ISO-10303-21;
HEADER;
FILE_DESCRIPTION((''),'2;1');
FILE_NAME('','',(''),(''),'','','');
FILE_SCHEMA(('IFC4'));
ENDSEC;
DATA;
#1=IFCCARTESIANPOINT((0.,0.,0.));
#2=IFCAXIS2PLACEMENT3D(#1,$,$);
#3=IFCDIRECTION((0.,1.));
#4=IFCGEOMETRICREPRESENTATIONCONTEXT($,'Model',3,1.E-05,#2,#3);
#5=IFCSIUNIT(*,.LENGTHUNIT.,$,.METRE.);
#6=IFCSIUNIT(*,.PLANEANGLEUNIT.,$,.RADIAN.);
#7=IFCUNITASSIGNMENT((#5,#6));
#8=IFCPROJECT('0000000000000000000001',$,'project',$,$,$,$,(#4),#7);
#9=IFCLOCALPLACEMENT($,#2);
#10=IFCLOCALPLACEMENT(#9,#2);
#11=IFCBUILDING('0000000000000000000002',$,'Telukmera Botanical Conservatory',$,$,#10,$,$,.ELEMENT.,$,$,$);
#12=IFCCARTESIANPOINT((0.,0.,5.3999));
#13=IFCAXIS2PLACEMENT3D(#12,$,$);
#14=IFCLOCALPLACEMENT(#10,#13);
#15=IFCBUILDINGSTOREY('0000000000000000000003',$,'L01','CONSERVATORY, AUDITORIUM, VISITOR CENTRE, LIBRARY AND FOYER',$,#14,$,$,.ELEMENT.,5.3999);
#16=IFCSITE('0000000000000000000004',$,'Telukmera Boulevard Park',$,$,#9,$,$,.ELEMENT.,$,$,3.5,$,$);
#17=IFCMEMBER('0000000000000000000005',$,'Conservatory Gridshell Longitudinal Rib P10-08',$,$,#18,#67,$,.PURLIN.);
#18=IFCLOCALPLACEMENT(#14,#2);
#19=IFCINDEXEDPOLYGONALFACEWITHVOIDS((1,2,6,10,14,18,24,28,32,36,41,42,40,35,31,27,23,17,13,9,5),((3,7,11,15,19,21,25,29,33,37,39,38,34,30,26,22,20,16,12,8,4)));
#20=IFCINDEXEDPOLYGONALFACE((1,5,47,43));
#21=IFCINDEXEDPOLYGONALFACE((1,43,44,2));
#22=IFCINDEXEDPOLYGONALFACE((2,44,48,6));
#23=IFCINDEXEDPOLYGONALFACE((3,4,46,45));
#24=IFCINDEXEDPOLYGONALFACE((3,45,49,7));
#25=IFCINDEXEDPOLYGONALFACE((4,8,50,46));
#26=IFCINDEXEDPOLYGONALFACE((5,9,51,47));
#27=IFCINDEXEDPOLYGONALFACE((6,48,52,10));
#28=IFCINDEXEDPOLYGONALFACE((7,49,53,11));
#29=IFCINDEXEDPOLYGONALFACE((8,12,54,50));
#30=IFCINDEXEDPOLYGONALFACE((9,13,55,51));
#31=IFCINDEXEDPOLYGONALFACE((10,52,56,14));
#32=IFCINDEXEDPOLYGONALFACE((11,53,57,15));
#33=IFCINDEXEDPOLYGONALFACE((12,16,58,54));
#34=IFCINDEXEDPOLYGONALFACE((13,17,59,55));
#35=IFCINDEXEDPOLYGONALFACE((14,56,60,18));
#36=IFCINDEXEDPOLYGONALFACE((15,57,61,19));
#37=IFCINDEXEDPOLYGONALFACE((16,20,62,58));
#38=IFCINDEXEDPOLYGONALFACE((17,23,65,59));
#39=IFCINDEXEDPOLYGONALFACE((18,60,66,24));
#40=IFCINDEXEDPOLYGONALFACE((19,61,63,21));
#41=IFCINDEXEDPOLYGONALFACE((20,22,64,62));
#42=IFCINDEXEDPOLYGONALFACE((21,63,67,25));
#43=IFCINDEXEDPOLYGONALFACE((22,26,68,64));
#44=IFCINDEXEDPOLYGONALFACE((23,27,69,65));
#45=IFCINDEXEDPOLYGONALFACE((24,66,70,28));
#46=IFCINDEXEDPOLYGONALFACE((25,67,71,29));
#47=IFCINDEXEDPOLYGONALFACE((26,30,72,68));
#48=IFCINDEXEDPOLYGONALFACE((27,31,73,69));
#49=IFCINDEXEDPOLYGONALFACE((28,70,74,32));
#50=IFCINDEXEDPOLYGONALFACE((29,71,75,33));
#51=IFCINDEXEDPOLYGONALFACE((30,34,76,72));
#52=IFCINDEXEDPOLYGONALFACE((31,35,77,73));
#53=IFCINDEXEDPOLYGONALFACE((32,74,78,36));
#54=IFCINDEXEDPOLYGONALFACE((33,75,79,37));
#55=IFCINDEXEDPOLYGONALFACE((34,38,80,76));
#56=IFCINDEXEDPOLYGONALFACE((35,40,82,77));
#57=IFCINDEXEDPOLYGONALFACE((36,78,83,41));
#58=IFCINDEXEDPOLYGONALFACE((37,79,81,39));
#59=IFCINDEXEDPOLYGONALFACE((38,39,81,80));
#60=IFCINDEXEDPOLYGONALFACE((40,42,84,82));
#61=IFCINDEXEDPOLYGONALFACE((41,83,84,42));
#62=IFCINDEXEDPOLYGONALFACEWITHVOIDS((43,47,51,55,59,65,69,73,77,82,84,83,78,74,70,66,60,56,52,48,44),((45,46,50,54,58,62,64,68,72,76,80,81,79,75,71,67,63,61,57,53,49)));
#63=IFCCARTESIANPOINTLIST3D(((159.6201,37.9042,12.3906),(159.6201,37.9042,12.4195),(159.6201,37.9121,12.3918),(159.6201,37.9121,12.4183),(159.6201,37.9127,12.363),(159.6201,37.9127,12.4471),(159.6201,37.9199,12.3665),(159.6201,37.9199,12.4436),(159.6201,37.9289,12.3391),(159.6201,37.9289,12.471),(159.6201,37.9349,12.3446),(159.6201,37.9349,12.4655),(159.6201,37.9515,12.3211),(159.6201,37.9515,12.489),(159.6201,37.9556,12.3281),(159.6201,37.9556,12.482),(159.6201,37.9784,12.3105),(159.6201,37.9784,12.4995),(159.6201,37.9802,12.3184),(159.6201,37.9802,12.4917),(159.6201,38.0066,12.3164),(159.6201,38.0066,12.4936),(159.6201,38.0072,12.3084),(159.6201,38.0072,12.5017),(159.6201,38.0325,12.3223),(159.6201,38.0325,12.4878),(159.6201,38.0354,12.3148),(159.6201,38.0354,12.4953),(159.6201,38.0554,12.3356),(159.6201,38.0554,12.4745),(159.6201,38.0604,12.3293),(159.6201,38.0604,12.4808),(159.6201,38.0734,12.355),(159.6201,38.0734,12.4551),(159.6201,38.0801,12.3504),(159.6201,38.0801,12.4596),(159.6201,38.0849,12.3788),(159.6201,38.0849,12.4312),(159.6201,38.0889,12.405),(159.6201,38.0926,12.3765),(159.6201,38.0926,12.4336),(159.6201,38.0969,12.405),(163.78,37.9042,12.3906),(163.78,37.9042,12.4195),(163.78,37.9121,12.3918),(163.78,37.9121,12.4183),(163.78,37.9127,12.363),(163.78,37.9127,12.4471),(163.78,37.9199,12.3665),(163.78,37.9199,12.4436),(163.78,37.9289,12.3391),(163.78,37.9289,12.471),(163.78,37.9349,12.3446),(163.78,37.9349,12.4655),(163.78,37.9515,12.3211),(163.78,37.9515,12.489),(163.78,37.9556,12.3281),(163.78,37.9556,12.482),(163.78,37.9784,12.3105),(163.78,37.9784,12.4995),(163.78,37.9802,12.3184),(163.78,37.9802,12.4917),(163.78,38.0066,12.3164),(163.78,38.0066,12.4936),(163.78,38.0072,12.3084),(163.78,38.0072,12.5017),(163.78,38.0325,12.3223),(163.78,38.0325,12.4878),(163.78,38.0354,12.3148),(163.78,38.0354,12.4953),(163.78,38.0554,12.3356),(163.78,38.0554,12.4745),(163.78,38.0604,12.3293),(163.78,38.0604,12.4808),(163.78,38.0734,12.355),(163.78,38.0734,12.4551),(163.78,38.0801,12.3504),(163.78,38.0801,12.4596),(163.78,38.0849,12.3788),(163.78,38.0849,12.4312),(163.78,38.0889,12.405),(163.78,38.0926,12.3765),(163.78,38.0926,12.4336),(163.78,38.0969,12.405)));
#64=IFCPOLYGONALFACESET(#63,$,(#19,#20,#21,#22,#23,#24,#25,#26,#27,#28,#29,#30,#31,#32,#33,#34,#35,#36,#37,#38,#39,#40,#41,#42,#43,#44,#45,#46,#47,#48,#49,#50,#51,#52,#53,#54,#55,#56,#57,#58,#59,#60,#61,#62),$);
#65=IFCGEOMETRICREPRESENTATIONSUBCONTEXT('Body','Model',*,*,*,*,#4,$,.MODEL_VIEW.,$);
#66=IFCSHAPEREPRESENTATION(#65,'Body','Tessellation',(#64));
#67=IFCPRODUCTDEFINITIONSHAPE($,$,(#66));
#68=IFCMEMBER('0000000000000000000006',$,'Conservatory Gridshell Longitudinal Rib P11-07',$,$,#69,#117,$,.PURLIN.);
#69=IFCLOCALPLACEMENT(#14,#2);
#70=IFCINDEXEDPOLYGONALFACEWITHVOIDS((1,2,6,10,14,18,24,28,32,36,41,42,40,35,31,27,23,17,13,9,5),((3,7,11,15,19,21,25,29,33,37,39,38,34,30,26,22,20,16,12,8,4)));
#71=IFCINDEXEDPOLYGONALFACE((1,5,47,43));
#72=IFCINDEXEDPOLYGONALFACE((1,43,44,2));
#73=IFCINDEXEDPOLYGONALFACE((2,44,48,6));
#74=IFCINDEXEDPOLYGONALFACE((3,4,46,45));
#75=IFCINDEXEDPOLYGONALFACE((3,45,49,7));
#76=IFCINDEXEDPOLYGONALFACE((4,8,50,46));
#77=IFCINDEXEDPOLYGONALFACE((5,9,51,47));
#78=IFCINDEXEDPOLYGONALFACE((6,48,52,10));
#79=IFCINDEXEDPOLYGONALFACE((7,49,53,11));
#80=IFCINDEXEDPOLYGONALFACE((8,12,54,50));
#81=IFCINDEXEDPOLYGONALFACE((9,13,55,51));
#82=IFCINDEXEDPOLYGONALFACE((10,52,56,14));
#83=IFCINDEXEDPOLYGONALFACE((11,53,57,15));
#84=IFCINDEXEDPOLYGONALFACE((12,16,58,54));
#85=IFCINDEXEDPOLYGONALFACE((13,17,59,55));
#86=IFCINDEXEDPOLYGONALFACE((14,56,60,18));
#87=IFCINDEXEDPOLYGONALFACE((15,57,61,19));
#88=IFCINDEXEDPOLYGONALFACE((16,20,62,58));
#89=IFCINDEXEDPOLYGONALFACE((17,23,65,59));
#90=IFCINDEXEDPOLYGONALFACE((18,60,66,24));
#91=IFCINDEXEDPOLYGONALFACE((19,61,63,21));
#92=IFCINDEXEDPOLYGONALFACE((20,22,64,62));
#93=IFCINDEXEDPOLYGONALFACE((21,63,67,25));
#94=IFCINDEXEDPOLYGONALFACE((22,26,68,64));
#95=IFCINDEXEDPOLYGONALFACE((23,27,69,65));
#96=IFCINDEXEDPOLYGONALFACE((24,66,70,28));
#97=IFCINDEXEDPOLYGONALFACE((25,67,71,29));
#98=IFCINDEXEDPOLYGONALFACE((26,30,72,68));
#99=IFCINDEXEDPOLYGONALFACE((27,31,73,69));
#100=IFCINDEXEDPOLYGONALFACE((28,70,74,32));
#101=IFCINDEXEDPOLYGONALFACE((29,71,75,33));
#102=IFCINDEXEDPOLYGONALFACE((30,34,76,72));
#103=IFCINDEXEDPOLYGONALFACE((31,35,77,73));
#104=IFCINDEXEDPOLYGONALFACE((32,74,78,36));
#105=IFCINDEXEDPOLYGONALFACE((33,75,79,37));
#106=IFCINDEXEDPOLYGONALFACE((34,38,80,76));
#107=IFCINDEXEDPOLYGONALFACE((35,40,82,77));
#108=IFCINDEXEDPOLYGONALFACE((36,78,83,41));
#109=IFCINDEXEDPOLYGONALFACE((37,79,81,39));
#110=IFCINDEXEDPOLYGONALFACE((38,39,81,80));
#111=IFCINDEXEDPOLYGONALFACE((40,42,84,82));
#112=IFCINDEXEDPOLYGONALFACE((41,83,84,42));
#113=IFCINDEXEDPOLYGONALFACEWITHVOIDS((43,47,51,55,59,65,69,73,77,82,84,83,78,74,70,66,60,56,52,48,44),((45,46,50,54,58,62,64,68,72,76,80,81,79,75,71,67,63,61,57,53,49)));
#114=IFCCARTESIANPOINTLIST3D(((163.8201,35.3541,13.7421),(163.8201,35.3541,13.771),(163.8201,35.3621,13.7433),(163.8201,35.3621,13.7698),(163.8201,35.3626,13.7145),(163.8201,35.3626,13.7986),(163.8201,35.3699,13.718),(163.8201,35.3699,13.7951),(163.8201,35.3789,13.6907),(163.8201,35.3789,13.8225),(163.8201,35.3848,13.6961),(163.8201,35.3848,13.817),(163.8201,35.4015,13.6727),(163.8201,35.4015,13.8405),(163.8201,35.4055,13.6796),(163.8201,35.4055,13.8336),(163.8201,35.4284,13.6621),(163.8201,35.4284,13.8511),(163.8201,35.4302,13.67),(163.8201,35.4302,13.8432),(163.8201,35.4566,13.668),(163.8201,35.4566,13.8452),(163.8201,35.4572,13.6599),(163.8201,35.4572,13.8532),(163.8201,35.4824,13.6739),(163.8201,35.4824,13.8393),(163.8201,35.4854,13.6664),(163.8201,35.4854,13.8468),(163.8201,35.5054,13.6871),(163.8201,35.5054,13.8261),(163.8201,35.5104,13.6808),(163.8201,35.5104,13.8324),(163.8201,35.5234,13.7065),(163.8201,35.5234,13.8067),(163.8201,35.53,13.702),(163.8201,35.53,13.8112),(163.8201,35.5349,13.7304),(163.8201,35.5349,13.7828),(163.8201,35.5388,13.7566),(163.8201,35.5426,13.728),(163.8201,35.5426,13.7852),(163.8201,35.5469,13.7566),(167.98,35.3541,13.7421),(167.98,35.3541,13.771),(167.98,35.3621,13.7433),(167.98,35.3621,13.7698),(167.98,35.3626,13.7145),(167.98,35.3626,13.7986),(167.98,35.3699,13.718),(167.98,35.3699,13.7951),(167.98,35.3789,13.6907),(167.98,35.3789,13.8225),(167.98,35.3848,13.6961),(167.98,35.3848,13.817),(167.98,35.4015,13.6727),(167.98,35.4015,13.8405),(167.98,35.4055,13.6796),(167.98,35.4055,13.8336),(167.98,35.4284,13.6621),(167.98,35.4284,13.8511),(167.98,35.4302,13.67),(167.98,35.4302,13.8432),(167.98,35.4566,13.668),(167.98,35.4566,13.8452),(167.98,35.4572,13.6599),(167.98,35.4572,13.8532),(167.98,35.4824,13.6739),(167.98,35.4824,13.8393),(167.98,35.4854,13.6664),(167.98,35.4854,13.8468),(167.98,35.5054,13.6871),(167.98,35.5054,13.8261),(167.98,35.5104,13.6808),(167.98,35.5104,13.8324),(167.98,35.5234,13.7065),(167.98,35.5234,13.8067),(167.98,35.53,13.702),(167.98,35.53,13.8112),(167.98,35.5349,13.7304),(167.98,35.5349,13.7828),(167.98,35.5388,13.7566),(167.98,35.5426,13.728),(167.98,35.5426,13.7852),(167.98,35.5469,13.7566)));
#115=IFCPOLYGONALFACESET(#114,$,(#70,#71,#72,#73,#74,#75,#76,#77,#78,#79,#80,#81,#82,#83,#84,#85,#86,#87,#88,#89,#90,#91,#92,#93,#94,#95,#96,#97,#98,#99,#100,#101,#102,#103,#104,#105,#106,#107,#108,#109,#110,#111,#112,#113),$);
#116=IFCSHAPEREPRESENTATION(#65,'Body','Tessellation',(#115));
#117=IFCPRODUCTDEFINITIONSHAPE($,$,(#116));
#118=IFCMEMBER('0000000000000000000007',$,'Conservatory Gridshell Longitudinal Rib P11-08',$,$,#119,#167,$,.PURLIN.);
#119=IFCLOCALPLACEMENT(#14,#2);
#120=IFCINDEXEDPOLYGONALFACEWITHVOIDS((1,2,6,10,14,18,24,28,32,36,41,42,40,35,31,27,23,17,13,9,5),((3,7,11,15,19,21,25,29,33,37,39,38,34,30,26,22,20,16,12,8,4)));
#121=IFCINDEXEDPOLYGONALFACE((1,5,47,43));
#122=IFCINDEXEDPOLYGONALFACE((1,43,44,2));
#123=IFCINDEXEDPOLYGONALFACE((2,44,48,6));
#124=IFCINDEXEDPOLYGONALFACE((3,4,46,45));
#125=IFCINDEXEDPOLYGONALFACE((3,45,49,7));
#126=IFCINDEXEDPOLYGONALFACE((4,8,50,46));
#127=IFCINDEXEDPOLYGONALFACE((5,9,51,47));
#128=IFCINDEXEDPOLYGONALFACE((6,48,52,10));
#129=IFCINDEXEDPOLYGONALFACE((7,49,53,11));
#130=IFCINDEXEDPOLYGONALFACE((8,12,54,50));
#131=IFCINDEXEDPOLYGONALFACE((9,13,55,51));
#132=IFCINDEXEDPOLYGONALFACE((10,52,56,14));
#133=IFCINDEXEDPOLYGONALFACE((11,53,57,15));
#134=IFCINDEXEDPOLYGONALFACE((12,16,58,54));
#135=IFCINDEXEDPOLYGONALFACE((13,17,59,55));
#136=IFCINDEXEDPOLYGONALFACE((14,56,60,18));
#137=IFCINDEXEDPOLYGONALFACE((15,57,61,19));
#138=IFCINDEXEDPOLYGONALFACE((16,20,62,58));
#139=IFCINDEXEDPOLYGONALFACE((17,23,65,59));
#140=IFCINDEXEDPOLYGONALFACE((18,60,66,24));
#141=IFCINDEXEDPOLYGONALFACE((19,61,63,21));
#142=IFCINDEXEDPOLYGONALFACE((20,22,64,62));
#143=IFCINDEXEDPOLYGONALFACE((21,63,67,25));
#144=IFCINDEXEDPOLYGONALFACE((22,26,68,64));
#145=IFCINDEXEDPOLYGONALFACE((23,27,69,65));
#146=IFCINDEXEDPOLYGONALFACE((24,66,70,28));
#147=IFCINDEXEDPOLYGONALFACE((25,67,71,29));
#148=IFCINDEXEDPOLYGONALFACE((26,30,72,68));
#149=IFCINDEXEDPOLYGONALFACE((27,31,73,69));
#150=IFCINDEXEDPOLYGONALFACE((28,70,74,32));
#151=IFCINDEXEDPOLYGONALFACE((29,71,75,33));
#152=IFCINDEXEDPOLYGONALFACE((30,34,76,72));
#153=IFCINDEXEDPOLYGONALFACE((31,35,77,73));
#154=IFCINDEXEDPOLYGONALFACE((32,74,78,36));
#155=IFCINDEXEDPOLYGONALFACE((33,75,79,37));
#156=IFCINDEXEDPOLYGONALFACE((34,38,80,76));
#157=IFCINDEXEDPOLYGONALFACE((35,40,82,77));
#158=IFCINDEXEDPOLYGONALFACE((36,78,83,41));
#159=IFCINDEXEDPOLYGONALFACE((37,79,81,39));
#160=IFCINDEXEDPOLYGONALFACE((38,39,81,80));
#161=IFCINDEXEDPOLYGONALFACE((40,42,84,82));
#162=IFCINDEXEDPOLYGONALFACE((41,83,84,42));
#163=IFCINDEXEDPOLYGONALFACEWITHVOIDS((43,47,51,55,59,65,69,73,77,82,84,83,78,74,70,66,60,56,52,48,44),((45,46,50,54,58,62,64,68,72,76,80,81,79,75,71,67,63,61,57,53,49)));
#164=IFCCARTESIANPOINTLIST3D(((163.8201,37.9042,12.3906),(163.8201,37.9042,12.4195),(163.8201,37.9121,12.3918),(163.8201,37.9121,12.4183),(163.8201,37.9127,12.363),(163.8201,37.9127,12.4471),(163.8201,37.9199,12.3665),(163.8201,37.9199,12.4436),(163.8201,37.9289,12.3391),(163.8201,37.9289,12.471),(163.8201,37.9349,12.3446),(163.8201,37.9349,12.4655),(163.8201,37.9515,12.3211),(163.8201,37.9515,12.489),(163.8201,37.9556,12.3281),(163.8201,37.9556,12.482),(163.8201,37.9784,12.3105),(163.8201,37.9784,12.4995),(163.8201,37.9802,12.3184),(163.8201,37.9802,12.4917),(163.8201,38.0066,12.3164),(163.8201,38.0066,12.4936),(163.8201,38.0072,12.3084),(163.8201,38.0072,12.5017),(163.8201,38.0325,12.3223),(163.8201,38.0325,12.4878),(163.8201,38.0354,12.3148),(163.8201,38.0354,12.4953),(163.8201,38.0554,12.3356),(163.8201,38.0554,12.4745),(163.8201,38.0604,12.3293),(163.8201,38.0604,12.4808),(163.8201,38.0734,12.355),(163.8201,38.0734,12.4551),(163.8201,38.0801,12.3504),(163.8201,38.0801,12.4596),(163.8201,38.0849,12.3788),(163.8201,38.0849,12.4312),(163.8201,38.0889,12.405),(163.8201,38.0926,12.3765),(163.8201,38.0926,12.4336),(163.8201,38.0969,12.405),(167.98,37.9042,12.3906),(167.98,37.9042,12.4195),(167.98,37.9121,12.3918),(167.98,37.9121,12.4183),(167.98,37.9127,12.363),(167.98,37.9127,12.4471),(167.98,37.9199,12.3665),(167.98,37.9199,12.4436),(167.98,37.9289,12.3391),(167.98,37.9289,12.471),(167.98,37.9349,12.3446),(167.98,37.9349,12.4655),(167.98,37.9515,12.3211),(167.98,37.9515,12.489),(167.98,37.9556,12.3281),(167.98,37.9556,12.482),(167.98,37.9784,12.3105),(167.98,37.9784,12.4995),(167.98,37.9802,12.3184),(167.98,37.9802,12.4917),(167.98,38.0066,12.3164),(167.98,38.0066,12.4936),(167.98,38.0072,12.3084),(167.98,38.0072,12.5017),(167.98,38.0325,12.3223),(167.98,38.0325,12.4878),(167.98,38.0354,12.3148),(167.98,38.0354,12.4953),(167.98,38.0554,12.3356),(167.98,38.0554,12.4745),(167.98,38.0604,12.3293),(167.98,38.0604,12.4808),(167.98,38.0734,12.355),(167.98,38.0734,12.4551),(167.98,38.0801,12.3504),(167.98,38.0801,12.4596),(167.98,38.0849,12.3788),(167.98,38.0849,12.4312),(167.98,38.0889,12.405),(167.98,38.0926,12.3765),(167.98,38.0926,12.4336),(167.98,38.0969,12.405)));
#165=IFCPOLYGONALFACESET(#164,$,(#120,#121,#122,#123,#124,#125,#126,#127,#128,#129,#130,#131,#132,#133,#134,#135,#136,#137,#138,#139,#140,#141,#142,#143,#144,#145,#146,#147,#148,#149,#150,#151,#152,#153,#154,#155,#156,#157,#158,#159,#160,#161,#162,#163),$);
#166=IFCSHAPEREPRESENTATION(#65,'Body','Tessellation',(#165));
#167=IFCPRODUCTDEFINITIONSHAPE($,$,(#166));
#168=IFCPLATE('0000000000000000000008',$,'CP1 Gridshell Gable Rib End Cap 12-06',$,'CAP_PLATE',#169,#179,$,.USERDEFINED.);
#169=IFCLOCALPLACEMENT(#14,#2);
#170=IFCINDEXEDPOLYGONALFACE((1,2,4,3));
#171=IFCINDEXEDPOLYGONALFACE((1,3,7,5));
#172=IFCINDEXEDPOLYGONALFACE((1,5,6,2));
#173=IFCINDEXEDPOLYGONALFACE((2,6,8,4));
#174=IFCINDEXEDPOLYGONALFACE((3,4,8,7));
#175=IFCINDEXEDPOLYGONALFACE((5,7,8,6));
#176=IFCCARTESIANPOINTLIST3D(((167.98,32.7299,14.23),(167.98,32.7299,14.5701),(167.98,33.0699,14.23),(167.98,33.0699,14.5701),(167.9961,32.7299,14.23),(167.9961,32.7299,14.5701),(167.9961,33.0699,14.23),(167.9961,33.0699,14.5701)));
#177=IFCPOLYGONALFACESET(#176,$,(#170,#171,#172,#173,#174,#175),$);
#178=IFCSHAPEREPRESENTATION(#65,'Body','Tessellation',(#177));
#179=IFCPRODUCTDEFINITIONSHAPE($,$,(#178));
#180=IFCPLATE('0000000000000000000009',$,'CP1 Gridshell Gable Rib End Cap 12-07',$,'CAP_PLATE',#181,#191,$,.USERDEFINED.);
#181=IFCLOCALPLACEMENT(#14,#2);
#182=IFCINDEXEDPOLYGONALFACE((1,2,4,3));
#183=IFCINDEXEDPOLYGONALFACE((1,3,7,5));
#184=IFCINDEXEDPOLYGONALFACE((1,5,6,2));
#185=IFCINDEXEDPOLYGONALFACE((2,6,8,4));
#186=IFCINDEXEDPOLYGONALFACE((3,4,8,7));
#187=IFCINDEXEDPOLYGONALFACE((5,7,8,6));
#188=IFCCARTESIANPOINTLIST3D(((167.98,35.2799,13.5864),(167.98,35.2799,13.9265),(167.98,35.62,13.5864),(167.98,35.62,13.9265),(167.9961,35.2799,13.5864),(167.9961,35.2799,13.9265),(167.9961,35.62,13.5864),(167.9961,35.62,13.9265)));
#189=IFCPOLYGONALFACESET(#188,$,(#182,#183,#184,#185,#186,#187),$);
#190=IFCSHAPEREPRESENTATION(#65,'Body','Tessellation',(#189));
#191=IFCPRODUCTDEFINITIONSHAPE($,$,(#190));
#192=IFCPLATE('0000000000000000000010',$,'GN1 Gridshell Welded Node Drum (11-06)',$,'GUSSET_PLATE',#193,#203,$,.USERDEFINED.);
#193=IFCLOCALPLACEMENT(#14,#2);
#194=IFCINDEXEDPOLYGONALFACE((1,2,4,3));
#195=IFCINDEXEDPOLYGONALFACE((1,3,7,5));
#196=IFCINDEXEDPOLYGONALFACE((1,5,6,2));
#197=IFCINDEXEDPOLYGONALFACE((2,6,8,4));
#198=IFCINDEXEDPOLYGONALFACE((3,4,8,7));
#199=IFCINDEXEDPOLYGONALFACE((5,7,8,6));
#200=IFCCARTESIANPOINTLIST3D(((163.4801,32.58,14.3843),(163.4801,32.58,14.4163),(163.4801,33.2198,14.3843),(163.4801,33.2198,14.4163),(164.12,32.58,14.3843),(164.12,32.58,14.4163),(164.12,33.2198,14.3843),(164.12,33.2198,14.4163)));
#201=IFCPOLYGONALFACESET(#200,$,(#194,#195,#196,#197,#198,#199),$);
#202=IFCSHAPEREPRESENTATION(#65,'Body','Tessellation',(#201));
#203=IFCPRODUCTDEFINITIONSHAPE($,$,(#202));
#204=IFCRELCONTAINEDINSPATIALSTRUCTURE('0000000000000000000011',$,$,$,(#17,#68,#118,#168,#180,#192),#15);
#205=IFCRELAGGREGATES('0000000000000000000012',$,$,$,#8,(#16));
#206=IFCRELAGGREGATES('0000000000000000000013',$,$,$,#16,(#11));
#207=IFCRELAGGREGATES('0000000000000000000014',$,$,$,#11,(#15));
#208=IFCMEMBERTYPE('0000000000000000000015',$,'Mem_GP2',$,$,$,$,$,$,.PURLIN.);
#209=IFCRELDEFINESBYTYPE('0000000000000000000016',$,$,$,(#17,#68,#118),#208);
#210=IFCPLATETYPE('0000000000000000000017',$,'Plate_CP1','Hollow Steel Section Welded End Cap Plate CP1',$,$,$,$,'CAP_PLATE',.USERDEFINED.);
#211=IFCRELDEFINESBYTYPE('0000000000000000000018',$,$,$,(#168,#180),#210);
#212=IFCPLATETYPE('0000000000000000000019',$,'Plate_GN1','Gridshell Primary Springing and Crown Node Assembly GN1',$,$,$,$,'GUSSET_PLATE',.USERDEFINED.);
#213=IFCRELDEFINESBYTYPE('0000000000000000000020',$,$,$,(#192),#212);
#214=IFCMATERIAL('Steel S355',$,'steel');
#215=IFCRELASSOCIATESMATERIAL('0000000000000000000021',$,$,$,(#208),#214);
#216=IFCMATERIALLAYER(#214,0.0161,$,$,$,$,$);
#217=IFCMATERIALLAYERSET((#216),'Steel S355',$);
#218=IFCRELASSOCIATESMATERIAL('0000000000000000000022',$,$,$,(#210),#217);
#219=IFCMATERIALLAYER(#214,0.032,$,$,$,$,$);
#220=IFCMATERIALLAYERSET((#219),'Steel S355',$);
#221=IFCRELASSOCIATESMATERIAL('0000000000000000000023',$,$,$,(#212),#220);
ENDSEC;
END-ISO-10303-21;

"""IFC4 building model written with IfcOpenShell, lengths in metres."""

from ifc_helpers import new_model, si_unit, direction, frame, origin, origin_2d, place, context, subcontext, project, spatial, rectangle, hollow_circle, extrude, material, layer, layer_set, material_profile, profile_set, type_object, element, save


model = new_model("IFC4")

# Units and contexts
model_context = context("Model", 3, precision=1e-05, world=origin(), true_north=direction((0.0, 1.0)))
body_context = subcontext(model_context, "Body", "Model", "MODEL_VIEW")
ifc_project = project(units=[si_unit("LENGTHUNIT", "METRE"), si_unit("PLANEANGLEUNIT", "RADIAN")], contexts=[model_context])

# Site, building, storey
site_placement = place(None, origin())
site = spatial("IfcSite", under=ifc_project, at=site_placement, Name="Telukmera Boulevard Park", CompositionType="ELEMENT", RefElevation=3.5)
building_placement = place(site_placement, origin())
building = spatial("IfcBuilding", under=site, at=building_placement, Name="Telukmera Botanical Conservatory", CompositionType="ELEMENT")
storey_placement = place(building_placement, frame((0.0, 0.0, 5.3999)))
storey = spatial("IfcBuildingStorey", under=building, at=storey_placement, Name="L01", Description="CONSERVATORY, AUDITORIUM, VISITOR CENTRE, LIBRARY AND FOYER", CompositionType="ELEMENT", Elevation=5.3999)

# Shared definitions
ifc_material = material(Name="Steel S355", Category="steel")

# Members
ifc_material_profile_1 = material_profile(ifc_material, hollow_circle(Radius=0.0969, WallThickness=0.0081, at=origin_2d()), Name="CHS 193.7x8.0")
ifc_profile_set_1 = profile_set([ifc_material_profile_1], Name="Steel S355")
member_type_1 = type_object("IfcMemberType", Name="Mem_GP2", PredefinedType="PURLIN", material=ifc_profile_set_1)
for number, where, z_axis, x_axis, name in (
    (1, (159.6201, 38.0, 12.405), (1.0, 0.0, 0.0), (0.0, 1.0, 0.0), "Conservatory Gridshell Longitudinal Rib P10-08"),
    (2, (163.8201, 35.45, 13.7566), (1.0, 0.0, 0.0), (0.0, 1.0, 0.0), "Conservatory Gridshell Longitudinal Rib P11-07"),
    (3, (163.8201, 38.0, 12.405), (1.0, 0.0, 0.0), (0.0, 1.0, 0.0), "Conservatory Gridshell Longitudinal Rib P11-08"),
):
    element("IfcMember", number, at=place(storey_placement, frame(where, z_axis=z_axis, x_axis=x_axis)), inside=storey, type_object=member_type_1, Name=name, PredefinedType="PURLIN", context=body_context, shape_type="SweptSolid", body=[
        extrude(hollow_circle(Radius=0.0969, WallThickness=0.0081, at=origin_2d()), origin(), (0.0, 0.0, 1.0), 4.1599),
    ])

# Plates
ifc_layer_1 = layer(ifc_material, 0.0161)
ifc_layer_set_1 = layer_set([ifc_layer_1], Name="Steel S355")
plate_type_1 = type_object("IfcPlateType", Name="Plate_CP1", Description="Hollow Steel Section Welded End Cap Plate CP1", ElementType="CAP_PLATE", PredefinedType="USERDEFINED", material=ifc_layer_set_1)
for number, where, z_axis, x_axis, name in (
    (4, (167.988, 32.8999, 14.23), (0.0, 0.0, 1.0), (1.0, 0.0, 0.0), "CP1 Gridshell Gable Rib End Cap 12-06"),
    (5, (167.988, 35.45, 13.5864), (0.0, 0.0, 1.0), (1.0, 0.0, 0.0), "CP1 Gridshell Gable Rib End Cap 12-07"),
):
    element("IfcPlate", number, at=place(storey_placement, frame(where, z_axis=z_axis, x_axis=x_axis)), inside=storey, type_object=plate_type_1, Name=name, ObjectType="CAP_PLATE", PredefinedType="USERDEFINED", context=body_context, shape_type="SweptSolid", body=[
        extrude(rectangle(XDim=0.0161, YDim=0.3401, at=origin_2d()), origin(), (0.0, 0.0, 1.0), 0.3401),
    ])
ifc_layer_2 = layer(ifc_material, 0.032)
ifc_layer_set_2 = layer_set([ifc_layer_2], Name="Steel S355")
plate_type_2 = type_object("IfcPlateType", Name="Plate_GN1", Description="Gridshell Primary Springing and Crown Node Assembly GN1", ElementType="GUSSET_PLATE", PredefinedType="USERDEFINED", material=ifc_layer_set_2)
for number, where, z_axis, x_axis, name in (
    (6, (163.8, 32.8999, 14.3843), (0.0, 0.0, 1.0), (1.0, 0.0, 0.0), "GN1 Gridshell Welded Node Drum (11-06)"),
):
    element("IfcPlate", number, at=place(storey_placement, frame(where, z_axis=z_axis, x_axis=x_axis)), inside=storey, type_object=plate_type_2, Name=name, ObjectType="GUSSET_PLATE", PredefinedType="USERDEFINED", context=body_context, shape_type="SweptSolid", body=[
        extrude(rectangle(XDim=0.6399, YDim=0.6399, at=origin_2d()), origin(), (0.0, 0.0, 1.0), 0.032),
    ])

save(model, "model.ifc")
